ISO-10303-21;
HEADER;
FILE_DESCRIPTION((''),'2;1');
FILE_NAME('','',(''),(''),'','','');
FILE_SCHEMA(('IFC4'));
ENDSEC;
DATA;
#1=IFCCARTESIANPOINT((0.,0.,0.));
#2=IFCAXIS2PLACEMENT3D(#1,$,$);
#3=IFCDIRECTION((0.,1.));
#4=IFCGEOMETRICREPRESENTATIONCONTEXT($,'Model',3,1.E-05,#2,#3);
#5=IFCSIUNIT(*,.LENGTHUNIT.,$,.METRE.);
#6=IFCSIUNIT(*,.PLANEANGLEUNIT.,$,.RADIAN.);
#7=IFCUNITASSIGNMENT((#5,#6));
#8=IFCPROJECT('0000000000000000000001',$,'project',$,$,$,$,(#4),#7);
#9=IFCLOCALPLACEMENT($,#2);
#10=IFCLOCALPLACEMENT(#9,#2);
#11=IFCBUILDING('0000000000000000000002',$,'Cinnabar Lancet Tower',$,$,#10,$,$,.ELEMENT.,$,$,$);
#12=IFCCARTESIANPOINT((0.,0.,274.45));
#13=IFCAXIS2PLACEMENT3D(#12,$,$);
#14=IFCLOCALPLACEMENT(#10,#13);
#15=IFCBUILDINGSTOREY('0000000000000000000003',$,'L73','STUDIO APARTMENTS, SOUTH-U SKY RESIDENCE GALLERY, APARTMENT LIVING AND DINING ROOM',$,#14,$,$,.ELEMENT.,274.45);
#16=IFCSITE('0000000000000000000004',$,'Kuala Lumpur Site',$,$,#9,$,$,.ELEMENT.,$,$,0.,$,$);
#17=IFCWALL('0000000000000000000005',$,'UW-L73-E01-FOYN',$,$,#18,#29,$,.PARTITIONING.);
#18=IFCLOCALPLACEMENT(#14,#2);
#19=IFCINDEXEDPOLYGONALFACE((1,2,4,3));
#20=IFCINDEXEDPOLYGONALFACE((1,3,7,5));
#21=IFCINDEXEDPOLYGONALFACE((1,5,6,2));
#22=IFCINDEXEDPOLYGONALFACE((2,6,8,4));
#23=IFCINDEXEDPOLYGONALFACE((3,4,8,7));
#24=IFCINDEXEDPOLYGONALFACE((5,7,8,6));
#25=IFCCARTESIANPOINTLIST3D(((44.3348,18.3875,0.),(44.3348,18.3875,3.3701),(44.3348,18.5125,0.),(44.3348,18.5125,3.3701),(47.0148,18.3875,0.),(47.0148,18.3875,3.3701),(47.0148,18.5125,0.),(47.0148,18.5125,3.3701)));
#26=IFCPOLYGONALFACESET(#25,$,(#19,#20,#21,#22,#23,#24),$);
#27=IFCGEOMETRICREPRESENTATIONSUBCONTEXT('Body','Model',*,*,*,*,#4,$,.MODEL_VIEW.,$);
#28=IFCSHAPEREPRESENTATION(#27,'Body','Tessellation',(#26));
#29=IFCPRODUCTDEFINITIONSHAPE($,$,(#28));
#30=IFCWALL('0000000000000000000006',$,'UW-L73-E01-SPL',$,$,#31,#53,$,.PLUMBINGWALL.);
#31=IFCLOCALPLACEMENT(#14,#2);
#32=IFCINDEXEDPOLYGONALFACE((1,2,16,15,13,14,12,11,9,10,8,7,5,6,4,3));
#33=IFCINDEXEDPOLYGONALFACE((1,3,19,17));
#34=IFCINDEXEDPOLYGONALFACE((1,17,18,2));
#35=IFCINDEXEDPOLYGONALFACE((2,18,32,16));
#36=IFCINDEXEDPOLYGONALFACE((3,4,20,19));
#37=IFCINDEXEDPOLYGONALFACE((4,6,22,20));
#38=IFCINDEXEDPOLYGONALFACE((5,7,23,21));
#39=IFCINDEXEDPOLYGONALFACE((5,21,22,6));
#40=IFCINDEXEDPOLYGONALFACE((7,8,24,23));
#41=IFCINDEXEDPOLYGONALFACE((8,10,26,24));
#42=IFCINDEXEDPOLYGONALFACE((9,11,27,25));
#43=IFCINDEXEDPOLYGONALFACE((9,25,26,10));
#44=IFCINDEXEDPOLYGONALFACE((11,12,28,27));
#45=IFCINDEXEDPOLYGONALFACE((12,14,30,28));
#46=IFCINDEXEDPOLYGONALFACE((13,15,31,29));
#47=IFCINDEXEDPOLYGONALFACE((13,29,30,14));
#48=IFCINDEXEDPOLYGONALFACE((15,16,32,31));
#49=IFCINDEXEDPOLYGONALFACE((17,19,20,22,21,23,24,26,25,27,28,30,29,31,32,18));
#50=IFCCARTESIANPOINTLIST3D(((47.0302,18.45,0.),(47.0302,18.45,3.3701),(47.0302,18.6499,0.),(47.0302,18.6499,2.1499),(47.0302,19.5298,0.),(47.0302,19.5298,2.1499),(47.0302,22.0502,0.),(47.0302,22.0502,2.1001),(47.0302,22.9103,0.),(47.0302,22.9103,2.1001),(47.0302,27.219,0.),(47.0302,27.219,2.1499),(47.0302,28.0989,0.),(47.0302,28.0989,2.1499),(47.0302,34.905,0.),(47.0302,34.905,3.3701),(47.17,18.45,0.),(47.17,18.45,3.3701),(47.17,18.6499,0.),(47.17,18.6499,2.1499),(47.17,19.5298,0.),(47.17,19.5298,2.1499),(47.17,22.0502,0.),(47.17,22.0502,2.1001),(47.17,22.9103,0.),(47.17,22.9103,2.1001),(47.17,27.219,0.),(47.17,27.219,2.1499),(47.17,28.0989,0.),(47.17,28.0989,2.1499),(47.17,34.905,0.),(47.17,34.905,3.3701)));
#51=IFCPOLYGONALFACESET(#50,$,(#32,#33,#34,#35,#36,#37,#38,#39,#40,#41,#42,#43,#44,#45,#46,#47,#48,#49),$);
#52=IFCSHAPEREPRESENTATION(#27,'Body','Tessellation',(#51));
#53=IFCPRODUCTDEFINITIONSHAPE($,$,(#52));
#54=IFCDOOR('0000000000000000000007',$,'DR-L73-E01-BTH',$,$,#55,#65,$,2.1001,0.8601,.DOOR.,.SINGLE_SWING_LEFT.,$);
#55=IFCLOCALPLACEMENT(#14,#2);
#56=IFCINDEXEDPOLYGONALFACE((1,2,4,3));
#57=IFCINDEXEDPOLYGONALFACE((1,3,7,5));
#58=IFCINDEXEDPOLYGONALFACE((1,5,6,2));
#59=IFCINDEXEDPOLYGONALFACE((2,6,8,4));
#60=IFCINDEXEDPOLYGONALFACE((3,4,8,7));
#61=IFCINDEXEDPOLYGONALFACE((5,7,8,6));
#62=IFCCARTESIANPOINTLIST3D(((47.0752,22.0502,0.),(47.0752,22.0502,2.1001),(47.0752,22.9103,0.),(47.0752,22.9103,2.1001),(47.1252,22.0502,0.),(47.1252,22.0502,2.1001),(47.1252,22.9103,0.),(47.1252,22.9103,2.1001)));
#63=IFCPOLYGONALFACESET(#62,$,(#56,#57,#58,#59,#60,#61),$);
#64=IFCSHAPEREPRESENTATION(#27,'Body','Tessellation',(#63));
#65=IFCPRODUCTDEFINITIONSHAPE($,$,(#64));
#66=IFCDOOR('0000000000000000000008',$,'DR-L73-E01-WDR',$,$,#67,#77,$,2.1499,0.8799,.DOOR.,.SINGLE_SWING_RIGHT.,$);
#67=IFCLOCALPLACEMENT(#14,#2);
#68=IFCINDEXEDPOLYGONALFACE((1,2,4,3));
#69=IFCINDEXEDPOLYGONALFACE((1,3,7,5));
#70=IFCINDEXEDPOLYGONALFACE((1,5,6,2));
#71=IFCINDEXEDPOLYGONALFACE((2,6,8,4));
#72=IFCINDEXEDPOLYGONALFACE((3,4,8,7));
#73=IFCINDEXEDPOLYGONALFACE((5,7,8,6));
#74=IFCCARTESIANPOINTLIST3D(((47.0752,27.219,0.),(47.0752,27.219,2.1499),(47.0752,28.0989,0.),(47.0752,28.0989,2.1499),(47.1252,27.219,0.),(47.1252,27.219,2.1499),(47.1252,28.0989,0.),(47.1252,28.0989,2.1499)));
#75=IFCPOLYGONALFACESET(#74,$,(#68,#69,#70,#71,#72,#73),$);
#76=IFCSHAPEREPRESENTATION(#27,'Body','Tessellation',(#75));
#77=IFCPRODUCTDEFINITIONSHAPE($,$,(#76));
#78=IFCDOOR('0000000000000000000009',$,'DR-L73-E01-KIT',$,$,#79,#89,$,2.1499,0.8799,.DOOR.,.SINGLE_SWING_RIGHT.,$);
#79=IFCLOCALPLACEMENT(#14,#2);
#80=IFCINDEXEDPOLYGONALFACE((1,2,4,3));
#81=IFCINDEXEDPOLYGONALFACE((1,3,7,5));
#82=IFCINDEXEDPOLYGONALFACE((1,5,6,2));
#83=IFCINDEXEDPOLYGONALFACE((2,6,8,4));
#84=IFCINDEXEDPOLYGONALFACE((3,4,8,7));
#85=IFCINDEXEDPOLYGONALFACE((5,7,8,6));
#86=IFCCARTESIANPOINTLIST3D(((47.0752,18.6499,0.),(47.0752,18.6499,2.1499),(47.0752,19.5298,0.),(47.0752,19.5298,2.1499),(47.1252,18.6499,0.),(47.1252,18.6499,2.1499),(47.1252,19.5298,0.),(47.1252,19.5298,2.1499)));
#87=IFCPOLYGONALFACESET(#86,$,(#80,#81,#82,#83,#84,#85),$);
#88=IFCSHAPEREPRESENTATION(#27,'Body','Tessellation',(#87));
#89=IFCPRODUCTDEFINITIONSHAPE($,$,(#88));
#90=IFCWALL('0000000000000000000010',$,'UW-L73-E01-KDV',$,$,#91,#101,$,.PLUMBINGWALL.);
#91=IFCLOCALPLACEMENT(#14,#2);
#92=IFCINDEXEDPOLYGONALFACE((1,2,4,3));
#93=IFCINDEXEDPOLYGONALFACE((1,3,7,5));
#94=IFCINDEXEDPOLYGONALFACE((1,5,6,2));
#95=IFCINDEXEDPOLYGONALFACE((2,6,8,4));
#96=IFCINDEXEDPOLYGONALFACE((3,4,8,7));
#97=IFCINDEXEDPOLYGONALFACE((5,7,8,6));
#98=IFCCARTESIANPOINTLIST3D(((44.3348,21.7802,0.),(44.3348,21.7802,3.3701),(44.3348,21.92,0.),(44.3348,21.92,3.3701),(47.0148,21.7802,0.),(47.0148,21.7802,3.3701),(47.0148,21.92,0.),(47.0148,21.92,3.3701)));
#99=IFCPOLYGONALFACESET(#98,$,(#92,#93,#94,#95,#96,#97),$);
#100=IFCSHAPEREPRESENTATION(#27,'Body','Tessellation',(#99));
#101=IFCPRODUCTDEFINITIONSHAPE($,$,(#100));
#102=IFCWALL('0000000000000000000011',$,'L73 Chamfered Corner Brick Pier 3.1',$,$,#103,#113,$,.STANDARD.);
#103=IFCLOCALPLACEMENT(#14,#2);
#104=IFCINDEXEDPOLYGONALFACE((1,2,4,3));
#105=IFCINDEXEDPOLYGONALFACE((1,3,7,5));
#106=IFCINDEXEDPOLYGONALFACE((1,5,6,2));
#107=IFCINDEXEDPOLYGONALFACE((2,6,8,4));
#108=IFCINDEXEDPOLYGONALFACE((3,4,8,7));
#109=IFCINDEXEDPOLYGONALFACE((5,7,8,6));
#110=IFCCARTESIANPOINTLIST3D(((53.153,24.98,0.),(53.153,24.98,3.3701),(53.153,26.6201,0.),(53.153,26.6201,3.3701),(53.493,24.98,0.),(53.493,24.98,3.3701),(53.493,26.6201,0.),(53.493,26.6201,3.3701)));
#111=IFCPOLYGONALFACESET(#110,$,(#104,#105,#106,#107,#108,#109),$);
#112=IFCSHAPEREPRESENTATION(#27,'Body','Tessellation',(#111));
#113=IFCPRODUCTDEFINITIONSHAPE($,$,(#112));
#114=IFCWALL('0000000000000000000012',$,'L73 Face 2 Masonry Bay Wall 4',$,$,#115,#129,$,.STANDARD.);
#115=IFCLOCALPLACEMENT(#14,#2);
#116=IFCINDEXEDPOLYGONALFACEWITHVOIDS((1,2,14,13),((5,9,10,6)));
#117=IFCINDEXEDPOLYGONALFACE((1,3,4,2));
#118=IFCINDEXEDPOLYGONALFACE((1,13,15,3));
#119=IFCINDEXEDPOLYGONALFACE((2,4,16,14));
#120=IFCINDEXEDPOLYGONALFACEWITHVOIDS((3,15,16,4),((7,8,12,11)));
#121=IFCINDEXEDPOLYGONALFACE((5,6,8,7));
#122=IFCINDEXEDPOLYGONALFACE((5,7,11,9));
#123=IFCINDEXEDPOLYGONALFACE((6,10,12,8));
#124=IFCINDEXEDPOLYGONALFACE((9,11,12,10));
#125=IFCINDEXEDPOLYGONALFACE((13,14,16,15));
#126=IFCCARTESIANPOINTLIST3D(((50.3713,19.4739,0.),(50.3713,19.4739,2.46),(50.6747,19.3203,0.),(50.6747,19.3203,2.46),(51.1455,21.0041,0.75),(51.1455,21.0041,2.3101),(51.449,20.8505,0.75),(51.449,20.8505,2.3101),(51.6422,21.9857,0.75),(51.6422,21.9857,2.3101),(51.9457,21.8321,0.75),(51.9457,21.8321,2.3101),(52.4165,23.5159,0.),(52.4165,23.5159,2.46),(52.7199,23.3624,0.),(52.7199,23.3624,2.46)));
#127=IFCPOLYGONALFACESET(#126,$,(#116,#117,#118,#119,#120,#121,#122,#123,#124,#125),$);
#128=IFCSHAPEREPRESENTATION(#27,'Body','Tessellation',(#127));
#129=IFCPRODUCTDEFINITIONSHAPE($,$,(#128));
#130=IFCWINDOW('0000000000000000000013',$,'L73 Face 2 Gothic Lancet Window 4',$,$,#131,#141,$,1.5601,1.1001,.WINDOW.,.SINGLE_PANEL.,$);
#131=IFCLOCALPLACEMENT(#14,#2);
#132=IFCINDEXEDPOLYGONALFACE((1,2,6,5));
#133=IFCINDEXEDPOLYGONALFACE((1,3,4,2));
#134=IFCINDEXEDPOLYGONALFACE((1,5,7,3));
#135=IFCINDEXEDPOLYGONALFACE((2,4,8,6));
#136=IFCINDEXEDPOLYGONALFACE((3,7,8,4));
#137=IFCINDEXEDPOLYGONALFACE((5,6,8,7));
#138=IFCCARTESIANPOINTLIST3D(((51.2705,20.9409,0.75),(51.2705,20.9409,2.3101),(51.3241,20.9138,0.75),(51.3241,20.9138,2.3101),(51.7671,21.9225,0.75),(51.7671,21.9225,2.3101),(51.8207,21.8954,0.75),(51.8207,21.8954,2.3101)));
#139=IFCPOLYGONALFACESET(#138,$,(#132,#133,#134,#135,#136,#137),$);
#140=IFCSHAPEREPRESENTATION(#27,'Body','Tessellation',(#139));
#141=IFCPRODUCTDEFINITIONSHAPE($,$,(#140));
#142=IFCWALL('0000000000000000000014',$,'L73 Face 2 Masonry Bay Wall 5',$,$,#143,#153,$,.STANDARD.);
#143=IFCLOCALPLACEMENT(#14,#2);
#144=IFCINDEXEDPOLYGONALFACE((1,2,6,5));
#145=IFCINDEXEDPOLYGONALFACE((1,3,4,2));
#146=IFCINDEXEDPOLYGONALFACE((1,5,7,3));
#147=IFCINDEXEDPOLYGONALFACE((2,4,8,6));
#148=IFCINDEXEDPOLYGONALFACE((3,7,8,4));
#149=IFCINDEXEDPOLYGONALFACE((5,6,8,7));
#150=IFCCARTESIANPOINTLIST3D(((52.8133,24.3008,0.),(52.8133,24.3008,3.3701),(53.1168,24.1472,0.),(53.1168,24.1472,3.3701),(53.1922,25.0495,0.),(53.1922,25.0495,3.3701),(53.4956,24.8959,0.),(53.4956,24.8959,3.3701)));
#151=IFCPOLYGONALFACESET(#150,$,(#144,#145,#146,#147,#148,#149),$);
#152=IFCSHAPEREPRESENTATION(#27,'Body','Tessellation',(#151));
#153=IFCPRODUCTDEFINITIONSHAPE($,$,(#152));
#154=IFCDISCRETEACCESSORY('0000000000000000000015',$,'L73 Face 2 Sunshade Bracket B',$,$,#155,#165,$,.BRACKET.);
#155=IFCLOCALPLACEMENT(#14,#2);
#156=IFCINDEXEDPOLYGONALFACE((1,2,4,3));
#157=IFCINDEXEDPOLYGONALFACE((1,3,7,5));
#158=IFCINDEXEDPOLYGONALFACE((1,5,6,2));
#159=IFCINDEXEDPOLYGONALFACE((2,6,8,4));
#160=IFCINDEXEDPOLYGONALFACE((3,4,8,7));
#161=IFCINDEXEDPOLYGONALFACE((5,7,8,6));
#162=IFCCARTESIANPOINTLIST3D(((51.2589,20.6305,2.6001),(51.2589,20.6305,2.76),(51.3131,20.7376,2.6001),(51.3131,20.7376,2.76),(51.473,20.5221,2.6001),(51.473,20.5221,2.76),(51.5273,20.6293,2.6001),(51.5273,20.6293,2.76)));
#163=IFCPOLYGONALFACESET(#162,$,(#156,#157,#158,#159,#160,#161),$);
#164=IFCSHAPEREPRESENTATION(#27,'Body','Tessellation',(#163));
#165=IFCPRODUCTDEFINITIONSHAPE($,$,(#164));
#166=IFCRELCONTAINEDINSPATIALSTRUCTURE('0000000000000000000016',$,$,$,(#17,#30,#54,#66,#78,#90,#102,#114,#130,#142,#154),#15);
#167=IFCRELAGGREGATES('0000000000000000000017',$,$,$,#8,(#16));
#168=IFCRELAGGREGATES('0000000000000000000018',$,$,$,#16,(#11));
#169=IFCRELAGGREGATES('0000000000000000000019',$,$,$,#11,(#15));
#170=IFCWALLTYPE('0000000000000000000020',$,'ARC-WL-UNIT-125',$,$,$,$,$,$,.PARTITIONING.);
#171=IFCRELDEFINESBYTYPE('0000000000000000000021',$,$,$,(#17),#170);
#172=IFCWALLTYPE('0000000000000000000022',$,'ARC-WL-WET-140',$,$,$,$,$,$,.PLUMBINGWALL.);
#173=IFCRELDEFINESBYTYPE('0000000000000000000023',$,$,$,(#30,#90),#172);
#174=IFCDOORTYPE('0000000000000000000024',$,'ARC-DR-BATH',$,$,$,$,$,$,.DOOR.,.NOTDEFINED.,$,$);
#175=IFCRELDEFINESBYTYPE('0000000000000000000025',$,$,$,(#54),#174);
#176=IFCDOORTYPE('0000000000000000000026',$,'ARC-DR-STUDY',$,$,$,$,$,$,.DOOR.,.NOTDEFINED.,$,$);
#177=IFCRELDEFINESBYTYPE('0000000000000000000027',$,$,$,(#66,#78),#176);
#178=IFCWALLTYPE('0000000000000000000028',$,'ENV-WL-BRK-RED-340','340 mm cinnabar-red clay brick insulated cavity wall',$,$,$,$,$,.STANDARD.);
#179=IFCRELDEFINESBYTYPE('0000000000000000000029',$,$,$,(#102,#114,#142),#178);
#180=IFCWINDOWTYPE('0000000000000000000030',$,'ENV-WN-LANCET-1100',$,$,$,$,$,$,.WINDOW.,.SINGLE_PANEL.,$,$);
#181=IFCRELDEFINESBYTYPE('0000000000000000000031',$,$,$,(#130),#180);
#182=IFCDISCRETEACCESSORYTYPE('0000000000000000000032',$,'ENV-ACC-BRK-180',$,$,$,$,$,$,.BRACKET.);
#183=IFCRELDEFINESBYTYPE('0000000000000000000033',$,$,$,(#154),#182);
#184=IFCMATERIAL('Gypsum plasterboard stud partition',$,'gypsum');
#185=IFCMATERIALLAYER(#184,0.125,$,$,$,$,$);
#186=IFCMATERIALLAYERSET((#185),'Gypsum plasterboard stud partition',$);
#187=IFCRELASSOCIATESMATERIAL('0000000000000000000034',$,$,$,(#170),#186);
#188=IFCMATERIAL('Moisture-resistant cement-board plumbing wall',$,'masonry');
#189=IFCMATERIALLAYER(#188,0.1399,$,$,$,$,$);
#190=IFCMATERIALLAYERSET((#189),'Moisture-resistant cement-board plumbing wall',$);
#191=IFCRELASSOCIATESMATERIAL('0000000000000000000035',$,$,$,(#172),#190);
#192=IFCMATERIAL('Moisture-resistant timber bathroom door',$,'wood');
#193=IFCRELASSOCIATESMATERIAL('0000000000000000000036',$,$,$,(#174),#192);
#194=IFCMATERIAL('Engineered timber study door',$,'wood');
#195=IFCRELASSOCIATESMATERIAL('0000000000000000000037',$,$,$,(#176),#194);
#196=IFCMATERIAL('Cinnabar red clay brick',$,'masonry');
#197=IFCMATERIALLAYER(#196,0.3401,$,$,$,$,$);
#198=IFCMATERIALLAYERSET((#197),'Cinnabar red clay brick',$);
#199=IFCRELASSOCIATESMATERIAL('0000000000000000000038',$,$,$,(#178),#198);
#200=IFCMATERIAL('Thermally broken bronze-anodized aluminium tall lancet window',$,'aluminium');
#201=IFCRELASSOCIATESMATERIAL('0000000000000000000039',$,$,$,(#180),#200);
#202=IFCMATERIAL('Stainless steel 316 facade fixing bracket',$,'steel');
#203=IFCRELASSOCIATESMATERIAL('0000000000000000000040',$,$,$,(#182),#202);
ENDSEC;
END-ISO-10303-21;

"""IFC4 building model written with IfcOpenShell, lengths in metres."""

from ifc_helpers import new_model, si_unit, direction, frame, frame_2d, origin, origin_2d, place, context, subcontext, project, spatial, rectangle, extrude, material, layer, layer_set, type_object, element, fill, save


model = new_model("IFC4")

# Units and contexts
model_context = context("Model", 3, precision=1e-05, world=origin(), true_north=direction((0.0, 1.0)))
body_context = subcontext(model_context, "Body", "Model", "MODEL_VIEW")
ifc_project = project(units=[si_unit("LENGTHUNIT", "METRE"), si_unit("PLANEANGLEUNIT", "RADIAN")], contexts=[model_context])

# Site, building, storey
site_placement = place(None, origin())
site = spatial("IfcSite", under=ifc_project, at=site_placement, Name="Kuala Lumpur Site", CompositionType="ELEMENT", RefElevation=0.0)
building_placement = place(site_placement, origin())
building = spatial("IfcBuilding", under=site, at=building_placement, Name="Cinnabar Lancet Tower", CompositionType="ELEMENT")
storey_placement = place(building_placement, frame((0.0, 0.0, 274.45)))
storey = spatial("IfcBuildingStorey", under=building, at=storey_placement, Name="L73", Description="STUDIO APARTMENTS, SOUTH-U SKY RESIDENCE GALLERY, APARTMENT LIVING AND DINING ROOM", CompositionType="ELEMENT", Elevation=274.45)

# Wall
ifc_material_1 = material(Name="Gypsum plasterboard stud partition", Category="gypsum")
ifc_layer_1 = layer(ifc_material_1, 0.125)
ifc_layer_set_1 = layer_set([ifc_layer_1], Name="Gypsum plasterboard stud partition")
wall_type_1 = type_object("IfcWallType", Name="ARC-WL-UNIT-125", PredefinedType="PARTITIONING", material=ifc_layer_set_1)
wall_1_placement = place(storey_placement, frame((44.335, 18.45, 0.0), z_axis=(0.0, 0.0, 1.0), x_axis=(1.0, 0.0, 0.0)))
element("IfcWall", 1, at=wall_1_placement, inside=storey, type_object=wall_type_1, Name="UW-L73-E01-FOYN", PredefinedType="PARTITIONING", context=body_context, shape_type="SweptSolid", body=[
    extrude(rectangle(XDim=2.6799, YDim=0.125, at=frame_2d((1.3398, 0.0))), origin(), (0.0, 0.0, 1.0), 3.3701),
])

# Wall, openings, doors
ifc_material_2 = material(Name="Moisture-resistant cement-board plumbing wall", Category="masonry")
ifc_layer_2 = layer(ifc_material_2, 0.1399)
ifc_layer_set_2 = layer_set([ifc_layer_2], Name="Moisture-resistant cement-board plumbing wall")
wall_type_2 = type_object("IfcWallType", Name="ARC-WL-WET-140", PredefinedType="PLUMBINGWALL", material=ifc_layer_set_2)
wall_2_placement = place(storey_placement, frame((47.1001, 18.45, 0.0), z_axis=(0.0, 0.0, 1.0), x_axis=(0.0, 1.0, 0.0)))
wall_2 = element("IfcWall", 2, at=wall_2_placement, inside=storey, type_object=wall_type_2, Name="UW-L73-E01-SPL", PredefinedType="PLUMBINGWALL", context=body_context, shape_type="SweptSolid", body=[
    extrude(rectangle(XDim=16.4551, YDim=0.1399, at=frame_2d((8.2275, 0.0))), origin(), (0.0, 0.0, 1.0), 3.3701),
])
opening_1_placement = place(wall_2_placement, frame((3.6001, 0.0, 0.0)))
opening_1 = element("IfcOpeningElement", 3, at=opening_1_placement, cuts=wall_2, PredefinedType="OPENING", context=body_context, shape_type="SweptSolid", body=[
    extrude(rectangle(XDim=0.8601, YDim=2.1001, at=frame_2d((0.4302, 1.05))), frame((0.0, 0.0798, 0.0), z_axis=(0.0, -1.0, 0.0), x_axis=(1.0, 0.0, 0.0)), (0.0, 0.0, 1.0), 0.1599),
])
opening_2_placement = place(wall_2_placement, frame((8.769, 0.0, 0.0)))
opening_2 = element("IfcOpeningElement", 4, at=opening_2_placement, cuts=wall_2, PredefinedType="OPENING", context=body_context, shape_type="SweptSolid", body=[
    extrude(rectangle(XDim=0.8799, YDim=2.1499, at=frame_2d((0.4399, 1.075))), frame((0.0, 0.0798, 0.0), z_axis=(0.0, -1.0, 0.0), x_axis=(1.0, 0.0, 0.0)), (0.0, 0.0, 1.0), 0.1599),
])
opening_3_placement = place(wall_2_placement, frame((0.2, 0.0, 0.0)))
opening_3 = element("IfcOpeningElement", 5, at=opening_3_placement, cuts=wall_2, PredefinedType="OPENING", context=body_context, shape_type="SweptSolid", body=[
    extrude(rectangle(XDim=0.8799, YDim=2.1499, at=frame_2d((0.4399, 1.075))), frame((0.0, 0.0798, 0.0), z_axis=(0.0, -1.0, 0.0), x_axis=(1.0, 0.0, 0.0)), (0.0, 0.0, 1.0), 0.1599),
])
ifc_material_3 = material(Name="Moisture-resistant timber bathroom door", Category="wood")
door_type_1 = type_object("IfcDoorType", Name="ARC-DR-BATH", OperationType="NOTDEFINED", PredefinedType="DOOR", material=ifc_material_3)
door_1_placement = place(opening_1_placement, origin())
door_1 = element("IfcDoor", 6, at=door_1_placement, inside=storey, type_object=door_type_1, Name="DR-L73-E01-BTH", OperationType="SINGLE_SWING_LEFT", OverallHeight=2.1001, OverallWidth=0.8601, PredefinedType="DOOR", context=body_context, shape_type="SweptSolid", body=[
    extrude(rectangle(XDim=0.8601, YDim=2.1001, at=frame_2d((0.4302, 1.05))), frame((0.0, 0.0249, 0.0), z_axis=(0.0, -1.0, 0.0), x_axis=(1.0, 0.0, 0.0)), (0.0, 0.0, 1.0), 0.05),
])
fill(opening_1, door_1)
ifc_material_4 = material(Name="Engineered timber study door", Category="wood")
door_type_2 = type_object("IfcDoorType", Name="ARC-DR-STUDY", OperationType="NOTDEFINED", PredefinedType="DOOR", material=ifc_material_4)
door_2_placement = place(opening_2_placement, origin())
door_2 = element("IfcDoor", 7, at=door_2_placement, inside=storey, type_object=door_type_2, Name="DR-L73-E01-WDR", OperationType="SINGLE_SWING_RIGHT", OverallHeight=2.1499, OverallWidth=0.8799, PredefinedType="DOOR", context=body_context, shape_type="SweptSolid", body=[
    extrude(rectangle(XDim=0.8799, YDim=2.1499, at=frame_2d((0.4399, 1.075))), frame((0.0, 0.0249, 0.0), z_axis=(0.0, -1.0, 0.0), x_axis=(1.0, 0.0, 0.0)), (0.0, 0.0, 1.0), 0.05),
])
fill(opening_2, door_2)
door_3_placement = place(opening_3_placement, origin())
door_3 = element("IfcDoor", 8, at=door_3_placement, inside=storey, type_object=door_type_2, Name="DR-L73-E01-KIT", OperationType="SINGLE_SWING_RIGHT", OverallHeight=2.1499, OverallWidth=0.8799, PredefinedType="DOOR", context=body_context, shape_type="SweptSolid", body=[
    extrude(rectangle(XDim=0.8799, YDim=2.1499, at=frame_2d((0.4399, 1.075))), frame((0.0, 0.0249, 0.0), z_axis=(0.0, -1.0, 0.0), x_axis=(1.0, 0.0, 0.0)), (0.0, 0.0, 1.0), 0.05),
])
fill(opening_3, door_3)

# Walls
wall_3_placement = place(storey_placement, frame((44.335, 21.8501, 0.0), z_axis=(0.0, 0.0, 1.0), x_axis=(1.0, 0.0, 0.0)))
element("IfcWall", 9, at=wall_3_placement, inside=storey, type_object=wall_type_2, Name="UW-L73-E01-KDV", PredefinedType="PLUMBINGWALL", context=body_context, shape_type="SweptSolid", body=[
    extrude(rectangle(XDim=2.6799, YDim=0.1399, at=frame_2d((1.3398, 0.0))), origin(), (0.0, 0.0, 1.0), 3.3701),
])
ifc_material_5 = material(Name="Cinnabar red clay brick", Category="masonry")
ifc_layer_3 = layer(ifc_material_5, 0.3401)
ifc_layer_set_3 = layer_set([ifc_layer_3], Name="Cinnabar red clay brick")
wall_type_3 = type_object("IfcWallType", Name="ENV-WL-BRK-RED-340", Description="340 mm cinnabar-red clay brick insulated cavity wall", PredefinedType="STANDARD", material=ifc_layer_set_3)
wall_4_placement = place(storey_placement, frame((53.323, 24.98, 0.0), z_axis=(0.0, 0.0, 1.0), x_axis=(0.0, 1.0, 0.0)))
element("IfcWall", 10, at=wall_4_placement, inside=storey, type_object=wall_type_3, Name="L73 Chamfered Corner Brick Pier 3.1", PredefinedType="STANDARD", context=body_context, shape_type="SweptSolid", body=[
    extrude(rectangle(XDim=1.6401, YDim=0.3401, at=frame_2d((0.8201, 0.0))), origin(), (0.0, 0.0, 1.0), 3.3701),
])

# Wall, opening, window
wall_5_placement = place(storey_placement, frame((50.5229, 19.397, 0.0), z_axis=(0.0, 0.0, 1.0), x_axis=(0.451477, 0.892283, 0.0)))
wall_5 = element("IfcWall", 11, at=wall_5_placement, inside=storey, type_object=wall_type_3, Name="L73 Face 2 Masonry Bay Wall 4", PredefinedType="STANDARD", context=body_context, shape_type="SweptSolid", body=[
    extrude(rectangle(XDim=4.53, YDim=0.3401, at=frame_2d((2.2651, 0.0))), origin(), (0.0, 0.0, 1.0), 2.46),
])
opening_4_placement = place(wall_5_placement, frame((1.7151, 0.0, 0.75)))
opening_4 = element("IfcOpeningElement", 12, at=opening_4_placement, cuts=wall_5, PredefinedType="OPENING", context=body_context, shape_type="SweptSolid", body=[
    extrude(rectangle(XDim=1.1001, YDim=1.5601, at=frame_2d((0.55, 0.78))), frame((0.0, 0.1799, 0.0), z_axis=(0.0, -1.0, 0.0), x_axis=(1.0, 0.0, 0.0)), (0.0, 0.0, 1.0), 0.3601),
])
ifc_material_6 = material(Name="Thermally broken bronze-anodized aluminium tall lancet window", Category="aluminium")
window_type = type_object("IfcWindowType", Name="ENV-WN-LANCET-1100", PartitioningType="SINGLE_PANEL", PredefinedType="WINDOW", material=ifc_material_6)
window_placement = place(opening_4_placement, origin())
window = element("IfcWindow", 13, at=window_placement, inside=storey, type_object=window_type, Name="L73 Face 2 Gothic Lancet Window 4", OverallHeight=1.5601, OverallWidth=1.1001, PartitioningType="SINGLE_PANEL", PredefinedType="WINDOW", context=body_context, shape_type="SweptSolid", body=[
    extrude(rectangle(XDim=1.1001, YDim=1.5601, at=frame_2d((0.55, 0.78))), frame((0.0, 0.03, 0.0), z_axis=(0.0, -1.0, 0.0), x_axis=(1.0, 0.0, 0.0)), (0.0, 0.0, 1.0), 0.0601),
])
fill(opening_4, window)

# Wall
wall_6_placement = place(storey_placement, frame((52.9651, 24.2241, 0.0), z_axis=(0.0, 0.0, 1.0), x_axis=(0.451514, 0.892264, 0.0)))
element("IfcWall", 14, at=wall_6_placement, inside=storey, type_object=wall_type_3, Name="L73 Face 2 Masonry Bay Wall 5", PredefinedType="STANDARD", context=body_context, shape_type="SweptSolid", body=[
    extrude(rectangle(XDim=0.8391, YDim=0.3401, at=frame_2d((0.4194, 0.0))), origin(), (0.0, 0.0, 1.0), 3.3701),
])

# Discrete accessory
ifc_material_7 = material(Name="Stainless steel 316 facade fixing bracket", Category="steel")
discrete_accessory_type = type_object("IfcDiscreteAccessoryType", Name="ENV-ACC-BRK-180", PredefinedType="BRACKET", material=ifc_material_7)
discrete_accessory_placement = place(storey_placement, frame((51.3931, 20.6299, 2.6001), z_axis=(0.0, 0.0, 1.0), x_axis=(0.451376, 0.892334, 0.0)))
element("IfcDiscreteAccessory", 15, at=discrete_accessory_placement, inside=storey, type_object=discrete_accessory_type, Name="L73 Face 2 Sunshade Bracket B", PredefinedType="BRACKET", context=body_context, shape_type="SweptSolid", body=[
    extrude(rectangle(XDim=0.1201, YDim=0.24, at=origin_2d()), origin(), (0.0, 0.0, 1.0), 0.1599),
])

save(model, "model.ifc")
